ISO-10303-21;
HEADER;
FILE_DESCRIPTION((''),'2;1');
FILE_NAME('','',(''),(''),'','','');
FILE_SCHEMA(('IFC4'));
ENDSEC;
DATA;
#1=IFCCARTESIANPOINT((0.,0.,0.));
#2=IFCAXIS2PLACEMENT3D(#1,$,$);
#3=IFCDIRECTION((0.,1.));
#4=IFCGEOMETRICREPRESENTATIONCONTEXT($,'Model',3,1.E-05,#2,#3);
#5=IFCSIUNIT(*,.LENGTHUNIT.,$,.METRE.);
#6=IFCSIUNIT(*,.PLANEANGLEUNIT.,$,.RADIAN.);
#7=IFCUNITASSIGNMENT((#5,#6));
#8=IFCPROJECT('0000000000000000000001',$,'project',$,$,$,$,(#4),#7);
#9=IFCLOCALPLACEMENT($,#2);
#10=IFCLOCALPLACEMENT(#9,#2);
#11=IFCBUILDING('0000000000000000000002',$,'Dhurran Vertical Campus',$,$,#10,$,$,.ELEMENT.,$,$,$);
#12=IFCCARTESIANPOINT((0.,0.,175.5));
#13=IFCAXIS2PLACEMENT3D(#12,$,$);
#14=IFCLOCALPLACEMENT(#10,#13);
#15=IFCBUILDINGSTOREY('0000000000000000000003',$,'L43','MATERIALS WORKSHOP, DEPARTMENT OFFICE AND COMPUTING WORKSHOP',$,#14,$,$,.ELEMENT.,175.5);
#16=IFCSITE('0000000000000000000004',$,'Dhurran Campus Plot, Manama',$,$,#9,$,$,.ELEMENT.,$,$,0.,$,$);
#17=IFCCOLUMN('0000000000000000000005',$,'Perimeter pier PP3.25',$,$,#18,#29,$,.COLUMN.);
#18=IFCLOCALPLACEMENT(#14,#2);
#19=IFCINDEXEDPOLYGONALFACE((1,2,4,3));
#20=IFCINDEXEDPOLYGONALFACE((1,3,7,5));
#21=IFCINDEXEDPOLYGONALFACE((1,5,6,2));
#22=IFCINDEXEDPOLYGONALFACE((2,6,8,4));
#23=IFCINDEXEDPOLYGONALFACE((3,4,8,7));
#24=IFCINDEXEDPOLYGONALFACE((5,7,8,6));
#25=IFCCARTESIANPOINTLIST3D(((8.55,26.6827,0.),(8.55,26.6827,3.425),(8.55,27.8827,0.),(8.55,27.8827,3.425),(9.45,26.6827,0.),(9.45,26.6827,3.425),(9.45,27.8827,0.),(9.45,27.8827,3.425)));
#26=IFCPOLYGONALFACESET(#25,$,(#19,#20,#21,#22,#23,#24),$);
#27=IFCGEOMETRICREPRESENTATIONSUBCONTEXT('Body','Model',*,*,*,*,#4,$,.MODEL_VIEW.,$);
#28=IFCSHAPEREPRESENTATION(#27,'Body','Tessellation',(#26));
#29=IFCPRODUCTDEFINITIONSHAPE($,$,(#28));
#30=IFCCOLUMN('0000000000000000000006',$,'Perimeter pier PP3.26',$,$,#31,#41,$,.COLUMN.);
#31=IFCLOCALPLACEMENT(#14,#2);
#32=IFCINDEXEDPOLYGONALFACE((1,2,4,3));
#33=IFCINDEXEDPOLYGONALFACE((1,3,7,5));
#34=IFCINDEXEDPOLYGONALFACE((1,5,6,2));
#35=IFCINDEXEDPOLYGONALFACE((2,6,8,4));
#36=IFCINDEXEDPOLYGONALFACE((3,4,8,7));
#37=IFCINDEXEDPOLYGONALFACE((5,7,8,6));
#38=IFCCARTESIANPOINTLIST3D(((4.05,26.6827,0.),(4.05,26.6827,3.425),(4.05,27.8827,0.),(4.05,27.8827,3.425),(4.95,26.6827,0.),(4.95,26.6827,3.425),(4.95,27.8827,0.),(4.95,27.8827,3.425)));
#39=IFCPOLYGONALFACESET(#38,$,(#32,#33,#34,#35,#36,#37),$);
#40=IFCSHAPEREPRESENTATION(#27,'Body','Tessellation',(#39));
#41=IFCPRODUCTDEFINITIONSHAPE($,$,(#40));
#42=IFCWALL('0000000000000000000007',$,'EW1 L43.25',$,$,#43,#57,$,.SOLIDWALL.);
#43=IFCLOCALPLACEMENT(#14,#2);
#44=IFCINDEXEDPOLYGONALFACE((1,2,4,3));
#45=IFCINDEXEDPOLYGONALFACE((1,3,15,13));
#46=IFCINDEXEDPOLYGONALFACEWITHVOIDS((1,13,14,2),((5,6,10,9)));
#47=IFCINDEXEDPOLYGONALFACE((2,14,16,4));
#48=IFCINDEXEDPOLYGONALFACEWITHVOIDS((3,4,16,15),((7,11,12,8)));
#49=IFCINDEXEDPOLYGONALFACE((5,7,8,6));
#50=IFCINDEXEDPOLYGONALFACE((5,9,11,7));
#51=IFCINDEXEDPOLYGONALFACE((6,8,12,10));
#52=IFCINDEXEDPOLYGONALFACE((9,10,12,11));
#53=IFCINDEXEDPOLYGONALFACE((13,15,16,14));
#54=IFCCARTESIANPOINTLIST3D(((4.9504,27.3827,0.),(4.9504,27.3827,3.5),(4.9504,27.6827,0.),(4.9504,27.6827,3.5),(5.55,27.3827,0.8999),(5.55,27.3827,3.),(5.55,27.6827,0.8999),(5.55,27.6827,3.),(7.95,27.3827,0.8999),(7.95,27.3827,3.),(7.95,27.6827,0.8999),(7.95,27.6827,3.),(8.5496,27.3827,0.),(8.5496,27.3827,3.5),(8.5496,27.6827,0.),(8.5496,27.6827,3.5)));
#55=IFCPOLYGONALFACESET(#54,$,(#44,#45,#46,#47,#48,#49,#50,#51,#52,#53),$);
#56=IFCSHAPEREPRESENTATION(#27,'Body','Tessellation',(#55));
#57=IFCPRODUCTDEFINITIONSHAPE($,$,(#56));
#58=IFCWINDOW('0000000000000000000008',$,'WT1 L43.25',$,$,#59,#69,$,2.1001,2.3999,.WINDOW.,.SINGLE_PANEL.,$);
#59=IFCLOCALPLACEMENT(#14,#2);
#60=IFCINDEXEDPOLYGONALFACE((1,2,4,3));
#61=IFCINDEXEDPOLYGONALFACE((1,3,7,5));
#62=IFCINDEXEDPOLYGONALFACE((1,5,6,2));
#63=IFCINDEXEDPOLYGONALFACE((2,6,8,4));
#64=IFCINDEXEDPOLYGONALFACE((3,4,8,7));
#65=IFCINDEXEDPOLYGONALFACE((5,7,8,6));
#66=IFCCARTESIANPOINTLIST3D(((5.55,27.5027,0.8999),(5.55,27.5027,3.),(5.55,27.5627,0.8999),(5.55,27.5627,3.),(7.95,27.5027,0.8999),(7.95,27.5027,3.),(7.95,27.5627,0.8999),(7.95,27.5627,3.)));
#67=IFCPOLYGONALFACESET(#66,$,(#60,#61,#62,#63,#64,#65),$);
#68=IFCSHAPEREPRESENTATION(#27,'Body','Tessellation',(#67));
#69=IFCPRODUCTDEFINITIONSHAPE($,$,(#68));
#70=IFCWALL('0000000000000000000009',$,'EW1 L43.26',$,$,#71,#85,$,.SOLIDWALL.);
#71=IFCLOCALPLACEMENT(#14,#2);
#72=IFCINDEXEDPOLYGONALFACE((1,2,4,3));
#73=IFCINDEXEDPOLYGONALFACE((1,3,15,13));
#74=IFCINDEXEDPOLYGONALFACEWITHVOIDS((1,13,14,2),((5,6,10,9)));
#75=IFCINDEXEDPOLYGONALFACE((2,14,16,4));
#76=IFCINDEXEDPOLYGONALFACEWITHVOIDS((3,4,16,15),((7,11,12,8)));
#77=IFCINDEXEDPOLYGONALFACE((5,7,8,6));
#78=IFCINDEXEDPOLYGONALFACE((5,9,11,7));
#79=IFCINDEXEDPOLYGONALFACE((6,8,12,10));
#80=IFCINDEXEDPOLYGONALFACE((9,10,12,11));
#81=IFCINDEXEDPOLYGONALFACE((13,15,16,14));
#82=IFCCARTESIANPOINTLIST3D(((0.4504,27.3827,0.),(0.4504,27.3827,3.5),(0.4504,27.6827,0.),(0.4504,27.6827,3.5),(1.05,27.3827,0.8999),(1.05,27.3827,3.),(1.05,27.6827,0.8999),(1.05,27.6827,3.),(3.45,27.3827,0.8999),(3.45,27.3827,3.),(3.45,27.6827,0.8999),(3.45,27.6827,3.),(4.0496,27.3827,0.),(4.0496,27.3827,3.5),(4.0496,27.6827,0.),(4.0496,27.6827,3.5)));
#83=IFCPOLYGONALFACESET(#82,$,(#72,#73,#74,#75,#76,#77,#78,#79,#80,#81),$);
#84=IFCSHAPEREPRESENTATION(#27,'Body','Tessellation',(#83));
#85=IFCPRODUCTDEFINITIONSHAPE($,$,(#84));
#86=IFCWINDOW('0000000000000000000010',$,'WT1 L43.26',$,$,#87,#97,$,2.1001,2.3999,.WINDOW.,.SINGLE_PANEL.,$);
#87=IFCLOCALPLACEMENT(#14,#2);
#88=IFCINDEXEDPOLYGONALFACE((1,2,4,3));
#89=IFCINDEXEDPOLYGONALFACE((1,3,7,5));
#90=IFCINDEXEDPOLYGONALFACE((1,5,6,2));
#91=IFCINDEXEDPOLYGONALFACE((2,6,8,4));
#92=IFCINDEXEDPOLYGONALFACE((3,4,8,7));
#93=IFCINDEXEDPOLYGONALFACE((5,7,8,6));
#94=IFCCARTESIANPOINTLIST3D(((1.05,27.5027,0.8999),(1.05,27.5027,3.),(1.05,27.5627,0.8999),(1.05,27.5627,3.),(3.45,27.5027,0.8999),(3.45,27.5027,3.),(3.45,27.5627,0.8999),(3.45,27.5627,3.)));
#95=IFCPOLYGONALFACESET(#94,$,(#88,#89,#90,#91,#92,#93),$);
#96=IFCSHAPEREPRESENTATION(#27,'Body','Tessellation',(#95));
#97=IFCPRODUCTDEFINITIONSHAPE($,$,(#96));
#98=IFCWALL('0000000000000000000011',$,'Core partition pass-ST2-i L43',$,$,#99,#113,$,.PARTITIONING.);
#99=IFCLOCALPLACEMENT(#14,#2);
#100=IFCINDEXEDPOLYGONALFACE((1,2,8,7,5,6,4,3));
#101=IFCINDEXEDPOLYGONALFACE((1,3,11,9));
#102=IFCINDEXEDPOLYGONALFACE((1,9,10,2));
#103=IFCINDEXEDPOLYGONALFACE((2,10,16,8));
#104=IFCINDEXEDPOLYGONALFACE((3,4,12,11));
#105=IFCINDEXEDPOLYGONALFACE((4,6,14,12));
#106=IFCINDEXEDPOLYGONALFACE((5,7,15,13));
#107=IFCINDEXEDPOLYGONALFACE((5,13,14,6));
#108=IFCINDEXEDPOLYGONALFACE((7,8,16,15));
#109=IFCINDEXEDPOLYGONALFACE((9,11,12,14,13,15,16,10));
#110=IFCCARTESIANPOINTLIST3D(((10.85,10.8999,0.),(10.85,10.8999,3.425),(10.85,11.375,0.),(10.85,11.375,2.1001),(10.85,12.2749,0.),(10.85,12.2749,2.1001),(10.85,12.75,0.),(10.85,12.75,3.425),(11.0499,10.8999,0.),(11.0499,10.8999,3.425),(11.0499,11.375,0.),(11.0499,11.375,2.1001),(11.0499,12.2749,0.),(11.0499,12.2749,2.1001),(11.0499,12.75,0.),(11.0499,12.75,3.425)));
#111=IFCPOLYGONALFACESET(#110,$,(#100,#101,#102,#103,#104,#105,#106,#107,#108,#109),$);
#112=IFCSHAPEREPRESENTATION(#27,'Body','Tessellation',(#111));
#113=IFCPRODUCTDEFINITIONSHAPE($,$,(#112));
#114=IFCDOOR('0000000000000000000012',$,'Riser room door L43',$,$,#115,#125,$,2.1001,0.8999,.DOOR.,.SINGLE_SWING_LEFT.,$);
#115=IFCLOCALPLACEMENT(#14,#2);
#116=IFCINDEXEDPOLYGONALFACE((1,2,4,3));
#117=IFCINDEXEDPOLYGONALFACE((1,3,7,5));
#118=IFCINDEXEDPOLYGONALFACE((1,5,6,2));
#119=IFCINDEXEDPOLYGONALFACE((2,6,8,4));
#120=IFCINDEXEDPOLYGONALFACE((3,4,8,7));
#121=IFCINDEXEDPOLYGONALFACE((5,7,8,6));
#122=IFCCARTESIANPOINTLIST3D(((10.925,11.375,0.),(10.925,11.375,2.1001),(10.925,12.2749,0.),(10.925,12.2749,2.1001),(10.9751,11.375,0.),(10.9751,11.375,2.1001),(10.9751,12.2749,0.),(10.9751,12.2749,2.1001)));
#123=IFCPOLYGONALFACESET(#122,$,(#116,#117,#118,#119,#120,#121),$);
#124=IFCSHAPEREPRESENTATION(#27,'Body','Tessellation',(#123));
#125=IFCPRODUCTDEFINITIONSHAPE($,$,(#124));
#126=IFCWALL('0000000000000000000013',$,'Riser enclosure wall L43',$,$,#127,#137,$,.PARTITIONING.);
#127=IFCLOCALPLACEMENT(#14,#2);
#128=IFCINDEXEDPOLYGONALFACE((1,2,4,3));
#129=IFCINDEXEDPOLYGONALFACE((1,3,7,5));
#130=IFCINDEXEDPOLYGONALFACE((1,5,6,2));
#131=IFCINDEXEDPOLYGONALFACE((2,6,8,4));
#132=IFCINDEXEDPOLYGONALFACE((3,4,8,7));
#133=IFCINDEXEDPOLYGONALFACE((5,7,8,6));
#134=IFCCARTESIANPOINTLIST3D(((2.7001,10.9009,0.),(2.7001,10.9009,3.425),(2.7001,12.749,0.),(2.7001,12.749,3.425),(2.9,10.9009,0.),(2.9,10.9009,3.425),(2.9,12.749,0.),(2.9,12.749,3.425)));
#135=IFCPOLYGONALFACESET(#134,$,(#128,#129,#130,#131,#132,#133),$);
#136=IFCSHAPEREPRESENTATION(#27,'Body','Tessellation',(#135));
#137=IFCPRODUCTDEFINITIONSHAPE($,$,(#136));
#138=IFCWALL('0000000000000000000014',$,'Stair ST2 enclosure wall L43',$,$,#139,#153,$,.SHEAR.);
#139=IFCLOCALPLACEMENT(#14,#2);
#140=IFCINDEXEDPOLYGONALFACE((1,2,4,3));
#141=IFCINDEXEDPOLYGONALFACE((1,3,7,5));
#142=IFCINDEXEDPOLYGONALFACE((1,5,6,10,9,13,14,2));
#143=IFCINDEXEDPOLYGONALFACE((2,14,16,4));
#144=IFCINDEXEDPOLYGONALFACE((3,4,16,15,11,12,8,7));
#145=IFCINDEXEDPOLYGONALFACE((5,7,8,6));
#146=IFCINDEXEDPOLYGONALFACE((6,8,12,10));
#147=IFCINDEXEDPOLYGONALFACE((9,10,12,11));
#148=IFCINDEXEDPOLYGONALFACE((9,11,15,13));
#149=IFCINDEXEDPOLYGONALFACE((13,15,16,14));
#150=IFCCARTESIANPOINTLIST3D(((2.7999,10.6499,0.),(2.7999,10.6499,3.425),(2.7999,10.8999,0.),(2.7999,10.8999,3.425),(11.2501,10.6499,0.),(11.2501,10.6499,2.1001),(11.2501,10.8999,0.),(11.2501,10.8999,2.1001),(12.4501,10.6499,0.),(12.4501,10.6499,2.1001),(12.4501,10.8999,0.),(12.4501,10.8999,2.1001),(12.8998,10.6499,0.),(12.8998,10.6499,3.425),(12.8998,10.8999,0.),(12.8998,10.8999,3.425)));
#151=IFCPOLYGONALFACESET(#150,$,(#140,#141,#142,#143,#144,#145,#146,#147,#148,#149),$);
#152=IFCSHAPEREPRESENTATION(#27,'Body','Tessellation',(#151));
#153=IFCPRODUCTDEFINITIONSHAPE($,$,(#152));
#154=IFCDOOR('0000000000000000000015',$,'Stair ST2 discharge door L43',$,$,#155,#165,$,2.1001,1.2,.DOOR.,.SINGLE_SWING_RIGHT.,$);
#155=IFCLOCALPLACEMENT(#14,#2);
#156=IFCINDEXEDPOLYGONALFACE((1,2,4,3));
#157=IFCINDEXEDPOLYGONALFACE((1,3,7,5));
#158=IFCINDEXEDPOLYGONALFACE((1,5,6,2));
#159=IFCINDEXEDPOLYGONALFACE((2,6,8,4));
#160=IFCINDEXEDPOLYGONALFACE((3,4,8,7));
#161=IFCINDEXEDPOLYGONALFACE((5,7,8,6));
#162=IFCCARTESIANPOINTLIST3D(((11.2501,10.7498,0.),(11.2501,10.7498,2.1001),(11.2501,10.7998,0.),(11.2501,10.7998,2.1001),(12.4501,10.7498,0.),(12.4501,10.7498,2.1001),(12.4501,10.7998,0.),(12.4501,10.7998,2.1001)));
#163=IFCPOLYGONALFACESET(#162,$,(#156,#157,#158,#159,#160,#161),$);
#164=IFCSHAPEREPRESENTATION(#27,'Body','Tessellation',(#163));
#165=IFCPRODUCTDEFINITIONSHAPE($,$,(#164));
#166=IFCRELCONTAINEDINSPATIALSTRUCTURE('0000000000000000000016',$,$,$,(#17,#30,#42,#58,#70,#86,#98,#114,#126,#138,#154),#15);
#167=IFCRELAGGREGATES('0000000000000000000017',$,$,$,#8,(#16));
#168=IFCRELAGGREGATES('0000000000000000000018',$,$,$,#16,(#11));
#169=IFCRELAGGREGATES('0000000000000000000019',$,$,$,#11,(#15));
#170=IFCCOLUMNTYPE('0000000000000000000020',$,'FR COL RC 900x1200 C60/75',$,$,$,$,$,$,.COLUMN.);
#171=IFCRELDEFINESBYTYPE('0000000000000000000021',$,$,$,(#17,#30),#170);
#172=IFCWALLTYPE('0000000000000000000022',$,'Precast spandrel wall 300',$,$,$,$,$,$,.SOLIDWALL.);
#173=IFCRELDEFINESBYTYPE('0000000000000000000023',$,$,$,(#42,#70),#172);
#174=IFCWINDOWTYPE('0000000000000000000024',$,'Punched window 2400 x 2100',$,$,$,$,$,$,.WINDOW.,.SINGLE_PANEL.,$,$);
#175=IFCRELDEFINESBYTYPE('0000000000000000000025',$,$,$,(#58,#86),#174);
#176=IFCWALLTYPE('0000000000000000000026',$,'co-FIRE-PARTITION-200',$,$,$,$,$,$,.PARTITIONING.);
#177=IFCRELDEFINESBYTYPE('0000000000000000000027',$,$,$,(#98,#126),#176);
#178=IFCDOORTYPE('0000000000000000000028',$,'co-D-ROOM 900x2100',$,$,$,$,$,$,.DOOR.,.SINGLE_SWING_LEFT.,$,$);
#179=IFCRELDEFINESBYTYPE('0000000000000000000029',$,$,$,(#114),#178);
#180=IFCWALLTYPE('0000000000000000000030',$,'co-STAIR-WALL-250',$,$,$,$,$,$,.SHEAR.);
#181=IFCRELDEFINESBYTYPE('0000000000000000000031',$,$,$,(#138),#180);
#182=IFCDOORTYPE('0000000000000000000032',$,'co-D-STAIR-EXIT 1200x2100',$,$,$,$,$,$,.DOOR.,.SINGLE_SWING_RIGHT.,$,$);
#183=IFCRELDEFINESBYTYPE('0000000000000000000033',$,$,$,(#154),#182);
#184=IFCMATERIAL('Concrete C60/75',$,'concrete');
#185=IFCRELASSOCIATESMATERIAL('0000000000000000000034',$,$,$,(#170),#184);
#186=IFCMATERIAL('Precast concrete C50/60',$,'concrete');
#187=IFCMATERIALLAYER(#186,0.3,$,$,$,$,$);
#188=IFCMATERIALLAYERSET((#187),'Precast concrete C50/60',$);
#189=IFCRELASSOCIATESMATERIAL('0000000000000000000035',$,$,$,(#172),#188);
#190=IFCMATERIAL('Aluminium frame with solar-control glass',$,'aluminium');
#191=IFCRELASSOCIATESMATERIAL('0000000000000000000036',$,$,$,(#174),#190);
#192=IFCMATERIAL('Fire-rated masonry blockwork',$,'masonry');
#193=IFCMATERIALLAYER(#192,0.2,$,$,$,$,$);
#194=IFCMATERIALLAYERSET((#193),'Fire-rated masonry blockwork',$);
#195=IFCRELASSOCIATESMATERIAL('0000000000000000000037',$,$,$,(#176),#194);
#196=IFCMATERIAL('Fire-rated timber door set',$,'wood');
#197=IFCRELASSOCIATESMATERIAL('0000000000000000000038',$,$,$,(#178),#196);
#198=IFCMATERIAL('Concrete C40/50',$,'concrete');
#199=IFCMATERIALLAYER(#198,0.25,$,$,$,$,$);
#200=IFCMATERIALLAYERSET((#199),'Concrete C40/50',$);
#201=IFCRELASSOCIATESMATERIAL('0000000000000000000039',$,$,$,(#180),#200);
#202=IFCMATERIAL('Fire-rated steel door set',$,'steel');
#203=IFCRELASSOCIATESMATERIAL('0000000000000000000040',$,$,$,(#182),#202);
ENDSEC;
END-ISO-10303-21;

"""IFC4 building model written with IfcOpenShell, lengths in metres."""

from ifc_helpers import new_model, si_unit, direction, frame, frame_2d, origin, origin_2d, place, context, subcontext, project, spatial, rectangle, extrude, material, layer, layer_set, material_profile, profile_set, type_object, element, fill, save


model = new_model("IFC4")

# Units and contexts
model_context = context("Model", 3, precision=1e-05, world=origin(), true_north=direction((0.0, 1.0)))
body_context = subcontext(model_context, "Body", "Model", "MODEL_VIEW")
ifc_project = project(units=[si_unit("LENGTHUNIT", "METRE"), si_unit("PLANEANGLEUNIT", "RADIAN")], contexts=[model_context])

# Site, building, storey
site_placement = place(None, origin())
site = spatial("IfcSite", under=ifc_project, at=site_placement, Name="Dhurran Campus Plot, Manama", CompositionType="ELEMENT", RefElevation=0.0)
building_placement = place(site_placement, origin())
building = spatial("IfcBuilding", under=site, at=building_placement, Name="Dhurran Vertical Campus", CompositionType="ELEMENT")
storey_placement = place(building_placement, frame((0.0, 0.0, 175.5)))
storey = spatial("IfcBuildingStorey", under=building, at=storey_placement, Name="L43", Description="MATERIALS WORKSHOP, DEPARTMENT OFFICE AND COMPUTING WORKSHOP", CompositionType="ELEMENT", Elevation=175.5)

# Columns
ifc_material_1 = material(Name="Concrete C60/75", Category="concrete")
ifc_material_profile = material_profile(ifc_material_1, rectangle(XDim=0.8999, YDim=1.2, at=origin_2d()), Name="RC 900x1200")
ifc_profile_set = profile_set([ifc_material_profile], Name="Concrete C60/75")
column_type = type_object("IfcColumnType", Name="FR COL RC 900x1200 C60/75", PredefinedType="COLUMN", material=ifc_profile_set)
for number, where, z_axis, x_axis, name in (
    (1, (9.0, 27.2827, 0.0), (0.0, 0.0, 1.0), (-1.0, 0.0, 0.0), "Perimeter pier PP3.25"),
    (2, (4.5, 27.2827, 0.0), (0.0, 0.0, 1.0), (-1.0, 0.0, 0.0), "Perimeter pier PP3.26"),
):
    element("IfcColumn", number, at=place(storey_placement, frame(where, z_axis=z_axis, x_axis=x_axis)), inside=storey, type_object=column_type, Name=name, PredefinedType="COLUMN", context=body_context, shape_type="SweptSolid", body=[
        extrude(rectangle(XDim=0.8999, YDim=1.2, at=origin_2d()), origin(), (0.0, 0.0, 1.0), 3.425),
    ])

# Walls, openings, windows
ifc_material_2 = material(Name="Precast concrete C50/60", Category="concrete")
ifc_layer_1 = layer(ifc_material_2, 0.3)
ifc_layer_set_1 = layer_set([ifc_layer_1], Name="Precast concrete C50/60")
wall_type_1 = type_object("IfcWallType", Name="Precast spandrel wall 300", PredefinedType="SOLIDWALL", material=ifc_layer_set_1)
wall_1_placement = place(storey_placement, frame((8.5496, 27.5327, 0.0), z_axis=(0.0, 0.0, 1.0), x_axis=(-1.0, 0.0, 0.0)))
wall_1 = element("IfcWall", 3, at=wall_1_placement, inside=storey, type_object=wall_type_1, Name="EW1 L43.25", PredefinedType="SOLIDWALL", context=body_context, shape_type="SweptSolid", body=[
    extrude(rectangle(XDim=3.5991, YDim=0.3, at=frame_2d((1.7996, 0.0))), origin(), (0.0, 0.0, 1.0), 3.5),
])
opening_1_placement = place(wall_1_placement, frame((0.5996, 0.0, 0.8999)))
opening_1 = element("IfcOpeningElement", 4, at=opening_1_placement, cuts=wall_1, PredefinedType="OPENING", context=body_context, shape_type="SweptSolid", body=[
    extrude(rectangle(XDim=2.3999, YDim=2.1001, at=frame_2d((1.2, 1.05))), frame((0.0, 0.1599, 0.0), z_axis=(0.0, -1.0, 0.0), x_axis=(1.0, 0.0, 0.0)), (0.0, 0.0, 1.0), 0.3201),
])
ifc_material_3 = material(Name="Aluminium frame with solar-control glass", Category="aluminium")
window_type = type_object("IfcWindowType", Name="Punched window 2400 x 2100", PartitioningType="SINGLE_PANEL", PredefinedType="WINDOW", material=ifc_material_3)
window_1_placement = place(opening_1_placement, origin())
window_1 = element("IfcWindow", 5, at=window_1_placement, inside=storey, type_object=window_type, Name="WT1 L43.25", OverallHeight=2.1001, OverallWidth=2.3999, PartitioningType="SINGLE_PANEL", PredefinedType="WINDOW", context=body_context, shape_type="SweptSolid", body=[
    extrude(rectangle(XDim=2.3999, YDim=2.1001, at=frame_2d((1.2, 1.05))), frame((0.0, 0.03, 0.0), z_axis=(0.0, -1.0, 0.0), x_axis=(1.0, 0.0, 0.0)), (0.0, 0.0, 1.0), 0.0601),
])
fill(opening_1, window_1)
wall_2_placement = place(storey_placement, frame((4.0496, 27.5327, 0.0), z_axis=(0.0, 0.0, 1.0), x_axis=(-1.0, 0.0, 0.0)))
wall_2 = element("IfcWall", 6, at=wall_2_placement, inside=storey, type_object=wall_type_1, Name="EW1 L43.26", PredefinedType="SOLIDWALL", context=body_context, shape_type="SweptSolid", body=[
    extrude(rectangle(XDim=3.5991, YDim=0.3, at=frame_2d((1.7996, 0.0))), origin(), (0.0, 0.0, 1.0), 3.5),
])
opening_2_placement = place(wall_2_placement, frame((0.5996, 0.0, 0.8999)))
opening_2 = element("IfcOpeningElement", 7, at=opening_2_placement, cuts=wall_2, PredefinedType="OPENING", context=body_context, shape_type="SweptSolid", body=[
    extrude(rectangle(XDim=2.3999, YDim=2.1001, at=frame_2d((1.2, 1.05))), frame((0.0, 0.1599, 0.0), z_axis=(0.0, -1.0, 0.0), x_axis=(1.0, 0.0, 0.0)), (0.0, 0.0, 1.0), 0.3201),
])
window_2_placement = place(opening_2_placement, origin())
window_2 = element("IfcWindow", 8, at=window_2_placement, inside=storey, type_object=window_type, Name="WT1 L43.26", OverallHeight=2.1001, OverallWidth=2.3999, PartitioningType="SINGLE_PANEL", PredefinedType="WINDOW", context=body_context, shape_type="SweptSolid", body=[
    extrude(rectangle(XDim=2.3999, YDim=2.1001, at=frame_2d((1.2, 1.05))), frame((0.0, 0.03, 0.0), z_axis=(0.0, -1.0, 0.0), x_axis=(1.0, 0.0, 0.0)), (0.0, 0.0, 1.0), 0.0601),
])
fill(opening_2, window_2)

# Wall, opening, door
ifc_material_4 = material(Name="Fire-rated masonry blockwork", Category="masonry")
ifc_layer_2 = layer(ifc_material_4, 0.2)
ifc_layer_set_2 = layer_set([ifc_layer_2], Name="Fire-rated masonry blockwork")
wall_type_2 = type_object("IfcWallType", Name="co-FIRE-PARTITION-200", PredefinedType="PARTITIONING", material=ifc_layer_set_2)
wall_3_placement = place(storey_placement, frame((10.95, 10.8999, 0.0), z_axis=(0.0, 0.0, 1.0), x_axis=(0.0, 1.0, 0.0)))
wall_3 = element("IfcWall", 9, at=wall_3_placement, inside=storey, type_object=wall_type_2, Name="Core partition pass-ST2-i L43", PredefinedType="PARTITIONING", context=body_context, shape_type="SweptSolid", body=[
    extrude(rectangle(XDim=1.8501, YDim=0.2, at=frame_2d((0.925, 0.0))), origin(), (0.0, 0.0, 1.0), 3.425),
])
opening_3_placement = place(wall_3_placement, frame((0.4751, 0.0, 0.0)))
opening_3 = element("IfcOpeningElement", 10, at=opening_3_placement, cuts=wall_3, PredefinedType="OPENING", context=body_context, shape_type="SweptSolid", body=[
    extrude(rectangle(XDim=0.8999, YDim=2.1001, at=frame_2d((0.45, 1.05))), frame((0.0, 0.1099, 0.0), z_axis=(0.0, -1.0, 0.0), x_axis=(1.0, 0.0, 0.0)), (0.0, 0.0, 1.0), 0.22),
])
ifc_material_5 = material(Name="Fire-rated timber door set", Category="wood")
door_type_1 = type_object("IfcDoorType", Name="co-D-ROOM 900x2100", OperationType="SINGLE_SWING_LEFT", PredefinedType="DOOR", material=ifc_material_5)
door_1_placement = place(opening_3_placement, origin())
door_1 = element("IfcDoor", 11, at=door_1_placement, inside=storey, type_object=door_type_1, Name="Riser room door L43", OperationType="SINGLE_SWING_LEFT", OverallHeight=2.1001, OverallWidth=0.8999, PredefinedType="DOOR", context=body_context, shape_type="SweptSolid", body=[
    extrude(rectangle(XDim=0.8999, YDim=2.1001, at=frame_2d((0.45, 1.05))), frame((0.0, 0.0249, 0.0), z_axis=(0.0, -1.0, 0.0), x_axis=(1.0, 0.0, 0.0)), (0.0, 0.0, 1.0), 0.05),
])
fill(opening_3, door_1)

# Wall
wall_4_placement = place(storey_placement, frame((2.8, 12.749, 0.0), z_axis=(0.0, 0.0, 1.0), x_axis=(0.0, -1.0, 0.0)))
element("IfcWall", 12, at=wall_4_placement, inside=storey, type_object=wall_type_2, Name="Riser enclosure wall L43", PredefinedType="PARTITIONING", context=body_context, shape_type="SweptSolid", body=[
    extrude(rectangle(XDim=1.8481, YDim=0.2, at=frame_2d((0.9241, 0.0))), origin(), (0.0, 0.0, 1.0), 3.425),
])

# Wall, opening, door
ifc_material_6 = material(Name="Concrete C40/50", Category="concrete")
ifc_layer_3 = layer(ifc_material_6, 0.25)
ifc_layer_set_3 = layer_set([ifc_layer_3], Name="Concrete C40/50")
wall_type_3 = type_object("IfcWallType", Name="co-STAIR-WALL-250", PredefinedType="SHEAR", material=ifc_layer_set_3)
wall_5_placement = place(storey_placement, frame((2.8, 10.7749, 0.0), z_axis=(0.0, 0.0, 1.0), x_axis=(1.0, 0.0, 0.0)))
wall_5 = element("IfcWall", 13, at=wall_5_placement, inside=storey, type_object=wall_type_3, Name="Stair ST2 enclosure wall L43", PredefinedType="SHEAR", context=body_context, shape_type="SweptSolid", body=[
    extrude(rectangle(XDim=10.0999, YDim=0.25, at=frame_2d((5.0498, 0.0))), origin(), (0.0, 0.0, 1.0), 3.425),
])
opening_4_placement = place(wall_5_placement, frame((8.45, 0.0, 0.0)))
opening_4 = element("IfcOpeningElement", 14, at=opening_4_placement, cuts=wall_5, PredefinedType="OPENING", context=body_context, shape_type="SweptSolid", body=[
    extrude(rectangle(XDim=1.2, YDim=2.1001, at=frame_2d((0.6001, 1.05))), frame((0.0, 0.135, 0.0), z_axis=(0.0, -1.0, 0.0), x_axis=(1.0, 0.0, 0.0)), (0.0, 0.0, 1.0), 0.27),
])
ifc_material_7 = material(Name="Fire-rated steel door set", Category="steel")
door_type_2 = type_object("IfcDoorType", Name="co-D-STAIR-EXIT 1200x2100", OperationType="SINGLE_SWING_RIGHT", PredefinedType="DOOR", material=ifc_material_7)
door_2_placement = place(opening_4_placement, origin())
door_2 = element("IfcDoor", 15, at=door_2_placement, inside=storey, type_object=door_type_2, Name="Stair ST2 discharge door L43", OperationType="SINGLE_SWING_RIGHT", OverallHeight=2.1001, OverallWidth=1.2, PredefinedType="DOOR", context=body_context, shape_type="SweptSolid", body=[
    extrude(rectangle(XDim=1.2, YDim=2.1001, at=frame_2d((0.6001, 1.05))), frame((0.0, 0.0249, 0.0), z_axis=(0.0, -1.0, 0.0), x_axis=(1.0, 0.0, 0.0)), (0.0, 0.0, 1.0), 0.05),
])
fill(opening_4, door_2)

save(model, "model.ifc")
